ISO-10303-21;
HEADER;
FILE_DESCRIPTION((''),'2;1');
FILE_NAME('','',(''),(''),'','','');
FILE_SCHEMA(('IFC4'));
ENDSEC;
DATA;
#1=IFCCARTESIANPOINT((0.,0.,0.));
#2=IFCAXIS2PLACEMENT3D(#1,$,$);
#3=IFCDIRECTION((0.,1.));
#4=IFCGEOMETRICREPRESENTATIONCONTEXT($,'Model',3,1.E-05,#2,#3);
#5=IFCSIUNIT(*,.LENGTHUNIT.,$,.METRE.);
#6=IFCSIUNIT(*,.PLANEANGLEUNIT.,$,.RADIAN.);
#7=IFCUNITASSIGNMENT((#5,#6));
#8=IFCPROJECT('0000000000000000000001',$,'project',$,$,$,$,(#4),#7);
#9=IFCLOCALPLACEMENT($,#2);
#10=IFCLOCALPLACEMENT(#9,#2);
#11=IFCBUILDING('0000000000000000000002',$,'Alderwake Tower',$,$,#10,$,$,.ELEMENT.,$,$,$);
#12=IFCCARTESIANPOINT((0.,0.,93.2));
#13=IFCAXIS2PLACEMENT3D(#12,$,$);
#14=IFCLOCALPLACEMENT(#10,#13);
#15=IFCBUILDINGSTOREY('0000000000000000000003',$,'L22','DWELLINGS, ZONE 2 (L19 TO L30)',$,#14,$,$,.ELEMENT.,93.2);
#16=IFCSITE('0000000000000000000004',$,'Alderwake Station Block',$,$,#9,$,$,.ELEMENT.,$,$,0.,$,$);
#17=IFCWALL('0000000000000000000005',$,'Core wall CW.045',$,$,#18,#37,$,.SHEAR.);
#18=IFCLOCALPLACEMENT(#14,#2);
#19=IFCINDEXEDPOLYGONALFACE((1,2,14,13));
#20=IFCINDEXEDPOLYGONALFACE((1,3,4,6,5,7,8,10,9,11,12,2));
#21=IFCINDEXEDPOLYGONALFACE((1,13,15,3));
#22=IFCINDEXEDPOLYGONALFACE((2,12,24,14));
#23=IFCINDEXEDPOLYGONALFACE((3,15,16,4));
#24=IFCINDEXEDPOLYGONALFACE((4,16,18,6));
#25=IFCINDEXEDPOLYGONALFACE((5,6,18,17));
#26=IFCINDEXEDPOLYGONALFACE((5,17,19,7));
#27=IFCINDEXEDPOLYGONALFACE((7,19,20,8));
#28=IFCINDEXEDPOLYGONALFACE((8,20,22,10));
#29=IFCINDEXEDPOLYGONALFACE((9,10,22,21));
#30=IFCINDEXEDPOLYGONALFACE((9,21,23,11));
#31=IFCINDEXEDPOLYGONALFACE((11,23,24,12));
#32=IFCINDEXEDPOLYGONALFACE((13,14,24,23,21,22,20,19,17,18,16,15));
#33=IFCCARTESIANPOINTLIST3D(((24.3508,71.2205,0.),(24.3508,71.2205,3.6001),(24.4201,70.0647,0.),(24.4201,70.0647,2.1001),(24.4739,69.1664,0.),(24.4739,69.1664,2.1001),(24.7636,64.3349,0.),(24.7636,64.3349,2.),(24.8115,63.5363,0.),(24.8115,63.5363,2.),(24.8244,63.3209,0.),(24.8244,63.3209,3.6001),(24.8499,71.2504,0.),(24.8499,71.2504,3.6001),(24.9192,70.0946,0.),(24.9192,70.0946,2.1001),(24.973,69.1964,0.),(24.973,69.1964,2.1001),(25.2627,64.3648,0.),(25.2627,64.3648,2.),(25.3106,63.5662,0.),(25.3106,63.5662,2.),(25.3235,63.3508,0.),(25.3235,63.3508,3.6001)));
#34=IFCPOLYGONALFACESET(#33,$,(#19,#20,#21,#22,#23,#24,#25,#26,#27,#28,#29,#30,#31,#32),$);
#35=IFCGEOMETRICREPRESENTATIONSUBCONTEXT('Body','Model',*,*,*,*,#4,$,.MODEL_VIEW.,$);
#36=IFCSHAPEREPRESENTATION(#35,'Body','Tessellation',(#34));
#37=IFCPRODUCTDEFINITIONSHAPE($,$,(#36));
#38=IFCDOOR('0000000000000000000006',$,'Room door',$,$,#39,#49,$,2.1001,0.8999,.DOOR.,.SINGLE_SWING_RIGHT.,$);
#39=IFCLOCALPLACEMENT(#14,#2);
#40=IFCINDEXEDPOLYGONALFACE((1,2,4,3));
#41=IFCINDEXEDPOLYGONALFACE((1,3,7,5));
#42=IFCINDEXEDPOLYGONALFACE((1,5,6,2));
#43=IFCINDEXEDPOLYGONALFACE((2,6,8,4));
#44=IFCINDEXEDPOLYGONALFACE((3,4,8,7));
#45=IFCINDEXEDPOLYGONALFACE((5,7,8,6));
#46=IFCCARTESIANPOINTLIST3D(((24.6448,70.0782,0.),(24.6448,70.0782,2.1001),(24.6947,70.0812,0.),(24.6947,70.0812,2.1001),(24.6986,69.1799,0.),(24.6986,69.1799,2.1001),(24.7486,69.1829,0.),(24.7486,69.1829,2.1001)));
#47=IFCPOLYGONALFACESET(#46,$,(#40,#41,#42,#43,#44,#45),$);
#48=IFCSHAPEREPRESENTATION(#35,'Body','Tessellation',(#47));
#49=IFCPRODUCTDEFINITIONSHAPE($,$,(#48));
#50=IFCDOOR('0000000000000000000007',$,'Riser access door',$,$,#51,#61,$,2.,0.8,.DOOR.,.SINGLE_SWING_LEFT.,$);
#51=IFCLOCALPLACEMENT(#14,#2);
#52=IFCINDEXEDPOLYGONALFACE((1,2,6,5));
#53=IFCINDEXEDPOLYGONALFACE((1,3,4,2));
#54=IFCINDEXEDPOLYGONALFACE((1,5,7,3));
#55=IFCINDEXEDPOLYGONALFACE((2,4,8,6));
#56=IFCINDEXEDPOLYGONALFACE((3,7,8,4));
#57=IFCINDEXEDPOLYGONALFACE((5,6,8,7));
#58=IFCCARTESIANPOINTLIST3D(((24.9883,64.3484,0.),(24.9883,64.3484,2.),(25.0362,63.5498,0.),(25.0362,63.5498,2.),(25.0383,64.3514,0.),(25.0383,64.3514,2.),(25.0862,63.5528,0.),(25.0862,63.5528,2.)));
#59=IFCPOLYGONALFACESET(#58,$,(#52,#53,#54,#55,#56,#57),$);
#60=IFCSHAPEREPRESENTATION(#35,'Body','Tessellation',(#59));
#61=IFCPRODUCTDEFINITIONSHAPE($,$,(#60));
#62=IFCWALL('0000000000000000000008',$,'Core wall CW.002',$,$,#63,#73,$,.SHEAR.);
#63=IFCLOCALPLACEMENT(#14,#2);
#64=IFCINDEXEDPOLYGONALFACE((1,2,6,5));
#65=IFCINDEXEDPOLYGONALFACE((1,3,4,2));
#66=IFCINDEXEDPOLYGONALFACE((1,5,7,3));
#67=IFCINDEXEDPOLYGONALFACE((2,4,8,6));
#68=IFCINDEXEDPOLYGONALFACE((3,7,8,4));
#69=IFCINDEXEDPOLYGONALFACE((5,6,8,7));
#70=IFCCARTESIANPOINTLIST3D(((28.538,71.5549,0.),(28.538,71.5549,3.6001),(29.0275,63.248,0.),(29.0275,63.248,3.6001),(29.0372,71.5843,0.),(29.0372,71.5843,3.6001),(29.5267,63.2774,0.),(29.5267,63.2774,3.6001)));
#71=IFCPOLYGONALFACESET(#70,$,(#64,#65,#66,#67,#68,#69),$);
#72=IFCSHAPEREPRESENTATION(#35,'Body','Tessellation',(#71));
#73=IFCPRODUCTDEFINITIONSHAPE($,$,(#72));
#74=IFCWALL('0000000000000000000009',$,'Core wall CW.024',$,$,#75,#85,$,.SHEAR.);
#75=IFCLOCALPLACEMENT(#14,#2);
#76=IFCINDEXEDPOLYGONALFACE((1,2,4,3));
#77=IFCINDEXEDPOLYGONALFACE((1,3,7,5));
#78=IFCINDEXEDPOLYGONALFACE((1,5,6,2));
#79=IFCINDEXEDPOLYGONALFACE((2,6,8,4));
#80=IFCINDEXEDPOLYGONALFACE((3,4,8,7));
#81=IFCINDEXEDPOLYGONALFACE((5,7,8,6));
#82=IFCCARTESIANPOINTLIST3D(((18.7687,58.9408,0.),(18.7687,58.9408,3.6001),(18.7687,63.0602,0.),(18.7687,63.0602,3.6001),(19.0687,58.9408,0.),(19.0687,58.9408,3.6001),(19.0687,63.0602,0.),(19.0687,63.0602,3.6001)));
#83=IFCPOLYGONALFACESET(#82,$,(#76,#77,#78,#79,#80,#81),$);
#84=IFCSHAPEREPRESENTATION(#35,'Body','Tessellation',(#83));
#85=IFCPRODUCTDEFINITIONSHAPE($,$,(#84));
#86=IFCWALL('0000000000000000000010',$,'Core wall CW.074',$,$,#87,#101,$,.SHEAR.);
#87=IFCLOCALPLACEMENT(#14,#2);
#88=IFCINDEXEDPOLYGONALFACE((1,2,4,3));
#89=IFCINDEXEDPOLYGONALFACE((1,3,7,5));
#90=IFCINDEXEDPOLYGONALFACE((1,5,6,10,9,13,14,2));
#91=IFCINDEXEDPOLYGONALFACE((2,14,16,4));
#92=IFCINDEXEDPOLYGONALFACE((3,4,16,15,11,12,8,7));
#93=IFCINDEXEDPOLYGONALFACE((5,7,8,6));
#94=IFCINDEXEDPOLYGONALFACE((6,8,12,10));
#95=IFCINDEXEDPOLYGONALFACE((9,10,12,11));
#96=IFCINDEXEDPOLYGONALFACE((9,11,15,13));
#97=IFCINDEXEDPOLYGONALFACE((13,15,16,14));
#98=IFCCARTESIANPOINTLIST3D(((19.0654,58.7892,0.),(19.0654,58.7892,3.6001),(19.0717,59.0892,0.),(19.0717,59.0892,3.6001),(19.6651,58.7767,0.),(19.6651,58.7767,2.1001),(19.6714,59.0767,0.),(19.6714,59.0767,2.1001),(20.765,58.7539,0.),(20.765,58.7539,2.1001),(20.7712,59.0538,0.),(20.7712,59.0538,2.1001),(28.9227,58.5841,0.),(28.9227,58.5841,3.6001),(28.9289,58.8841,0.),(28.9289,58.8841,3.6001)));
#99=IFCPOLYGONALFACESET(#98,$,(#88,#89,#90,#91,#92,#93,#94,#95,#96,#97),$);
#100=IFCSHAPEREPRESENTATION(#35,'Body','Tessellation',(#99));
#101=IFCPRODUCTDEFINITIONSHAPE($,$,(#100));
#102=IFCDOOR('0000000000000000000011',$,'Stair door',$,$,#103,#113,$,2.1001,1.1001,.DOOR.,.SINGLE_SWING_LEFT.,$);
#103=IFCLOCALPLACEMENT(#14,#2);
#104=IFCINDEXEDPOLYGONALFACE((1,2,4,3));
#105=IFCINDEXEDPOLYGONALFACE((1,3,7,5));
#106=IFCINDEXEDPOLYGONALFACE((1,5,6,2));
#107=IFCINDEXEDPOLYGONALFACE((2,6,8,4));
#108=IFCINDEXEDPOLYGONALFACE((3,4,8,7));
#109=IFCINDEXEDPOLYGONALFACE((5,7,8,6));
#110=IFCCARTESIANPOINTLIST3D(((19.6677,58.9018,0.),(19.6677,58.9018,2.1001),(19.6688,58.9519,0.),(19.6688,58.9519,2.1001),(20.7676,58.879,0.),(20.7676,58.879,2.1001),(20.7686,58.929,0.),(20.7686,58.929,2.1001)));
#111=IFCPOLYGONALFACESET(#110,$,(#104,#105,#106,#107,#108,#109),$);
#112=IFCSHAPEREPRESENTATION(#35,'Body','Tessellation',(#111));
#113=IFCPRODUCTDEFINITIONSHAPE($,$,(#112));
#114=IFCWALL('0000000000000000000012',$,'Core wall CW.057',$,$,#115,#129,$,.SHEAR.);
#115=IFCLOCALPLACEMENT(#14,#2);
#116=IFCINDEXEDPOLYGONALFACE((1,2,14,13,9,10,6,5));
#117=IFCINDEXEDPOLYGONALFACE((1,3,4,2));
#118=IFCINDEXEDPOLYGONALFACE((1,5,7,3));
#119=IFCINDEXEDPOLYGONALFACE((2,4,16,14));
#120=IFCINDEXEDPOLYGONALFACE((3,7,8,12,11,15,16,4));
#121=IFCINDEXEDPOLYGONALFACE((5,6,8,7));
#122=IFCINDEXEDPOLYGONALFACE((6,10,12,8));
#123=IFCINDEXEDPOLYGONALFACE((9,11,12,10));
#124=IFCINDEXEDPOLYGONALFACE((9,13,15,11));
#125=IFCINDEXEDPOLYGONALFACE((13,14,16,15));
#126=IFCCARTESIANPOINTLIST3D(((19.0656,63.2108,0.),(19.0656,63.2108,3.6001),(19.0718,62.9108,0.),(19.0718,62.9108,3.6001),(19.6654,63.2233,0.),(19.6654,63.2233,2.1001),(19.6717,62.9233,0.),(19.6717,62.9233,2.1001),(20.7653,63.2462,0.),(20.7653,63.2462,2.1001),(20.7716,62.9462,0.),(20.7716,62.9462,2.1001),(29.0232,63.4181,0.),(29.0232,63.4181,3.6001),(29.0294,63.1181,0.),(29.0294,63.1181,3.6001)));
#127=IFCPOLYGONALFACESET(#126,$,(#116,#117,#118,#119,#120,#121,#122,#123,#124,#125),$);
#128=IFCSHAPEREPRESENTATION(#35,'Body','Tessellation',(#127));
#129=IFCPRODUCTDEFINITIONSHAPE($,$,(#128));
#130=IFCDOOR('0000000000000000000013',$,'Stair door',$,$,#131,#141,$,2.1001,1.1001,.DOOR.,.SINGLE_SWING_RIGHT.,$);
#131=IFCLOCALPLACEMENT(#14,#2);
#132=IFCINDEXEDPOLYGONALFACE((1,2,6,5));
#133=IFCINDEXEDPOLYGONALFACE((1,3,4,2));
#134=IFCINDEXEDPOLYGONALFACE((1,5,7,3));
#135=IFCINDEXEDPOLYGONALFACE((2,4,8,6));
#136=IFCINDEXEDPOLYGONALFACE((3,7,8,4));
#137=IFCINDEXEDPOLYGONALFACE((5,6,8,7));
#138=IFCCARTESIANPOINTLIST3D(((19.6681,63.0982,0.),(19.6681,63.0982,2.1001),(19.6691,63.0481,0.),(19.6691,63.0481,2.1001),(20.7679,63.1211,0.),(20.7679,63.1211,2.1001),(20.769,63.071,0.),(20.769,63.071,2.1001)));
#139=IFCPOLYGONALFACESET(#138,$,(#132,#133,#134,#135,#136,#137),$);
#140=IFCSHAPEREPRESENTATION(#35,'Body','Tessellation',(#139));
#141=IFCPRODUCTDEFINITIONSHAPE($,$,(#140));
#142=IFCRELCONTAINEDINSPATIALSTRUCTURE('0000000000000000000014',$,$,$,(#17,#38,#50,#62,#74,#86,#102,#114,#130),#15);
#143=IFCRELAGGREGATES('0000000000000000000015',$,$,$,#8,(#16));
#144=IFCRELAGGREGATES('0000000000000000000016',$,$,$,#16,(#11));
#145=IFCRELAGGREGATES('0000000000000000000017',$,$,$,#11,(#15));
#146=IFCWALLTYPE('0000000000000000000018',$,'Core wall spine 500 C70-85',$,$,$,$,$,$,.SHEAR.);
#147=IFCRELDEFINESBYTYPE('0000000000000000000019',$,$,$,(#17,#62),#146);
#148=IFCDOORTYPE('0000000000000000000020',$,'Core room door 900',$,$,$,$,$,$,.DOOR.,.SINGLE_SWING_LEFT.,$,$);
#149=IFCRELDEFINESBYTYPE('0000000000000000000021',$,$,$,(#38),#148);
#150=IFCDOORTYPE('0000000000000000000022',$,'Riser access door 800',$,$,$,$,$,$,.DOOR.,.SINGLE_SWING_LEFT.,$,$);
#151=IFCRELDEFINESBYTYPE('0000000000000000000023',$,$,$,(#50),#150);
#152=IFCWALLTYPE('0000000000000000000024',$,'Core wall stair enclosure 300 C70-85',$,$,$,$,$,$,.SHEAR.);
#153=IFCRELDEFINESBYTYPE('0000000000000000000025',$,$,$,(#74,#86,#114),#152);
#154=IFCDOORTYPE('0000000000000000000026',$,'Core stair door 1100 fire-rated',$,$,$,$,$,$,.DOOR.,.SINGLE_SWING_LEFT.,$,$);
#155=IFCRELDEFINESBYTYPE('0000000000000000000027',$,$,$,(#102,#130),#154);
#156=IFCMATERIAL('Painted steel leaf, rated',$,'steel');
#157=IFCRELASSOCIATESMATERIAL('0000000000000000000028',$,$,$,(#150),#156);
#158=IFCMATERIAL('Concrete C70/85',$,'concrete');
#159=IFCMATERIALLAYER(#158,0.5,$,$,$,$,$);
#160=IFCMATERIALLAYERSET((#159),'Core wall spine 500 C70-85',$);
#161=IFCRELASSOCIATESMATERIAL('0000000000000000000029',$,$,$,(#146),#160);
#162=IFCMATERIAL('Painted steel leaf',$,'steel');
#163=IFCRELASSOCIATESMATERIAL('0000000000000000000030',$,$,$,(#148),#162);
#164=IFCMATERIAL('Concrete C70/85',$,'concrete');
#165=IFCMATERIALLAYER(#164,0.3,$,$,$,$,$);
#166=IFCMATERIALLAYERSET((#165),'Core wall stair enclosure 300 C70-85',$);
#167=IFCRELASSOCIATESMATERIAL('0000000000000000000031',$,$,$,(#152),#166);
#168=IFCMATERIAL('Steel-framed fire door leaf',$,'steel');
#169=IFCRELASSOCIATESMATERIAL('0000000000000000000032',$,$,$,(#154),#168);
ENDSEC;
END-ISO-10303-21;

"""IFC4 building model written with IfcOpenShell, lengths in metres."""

from ifc_helpers import new_model, si_unit, direction, frame, frame_2d, origin, place, context, subcontext, project, spatial, rectangle, extrude, material, layer, layer_set, type_object, element, fill, save


model = new_model("IFC4")

# Units and contexts
model_context = context("Model", 3, precision=1e-05, world=origin(), true_north=direction((0.0, 1.0)))
body_context = subcontext(model_context, "Body", "Model", "MODEL_VIEW")
ifc_project = project(units=[si_unit("LENGTHUNIT", "METRE"), si_unit("PLANEANGLEUNIT", "RADIAN")], contexts=[model_context])

# Site, building, storey
site_placement = place(None, origin())
site = spatial("IfcSite", under=ifc_project, at=site_placement, Name="Alderwake Station Block", CompositionType="ELEMENT", RefElevation=0.0)
building_placement = place(site_placement, origin())
building = spatial("IfcBuilding", under=site, at=building_placement, Name="Alderwake Tower", CompositionType="ELEMENT")
storey_placement = place(building_placement, frame((0.0, 0.0, 93.2)))
storey = spatial("IfcBuildingStorey", under=building, at=storey_placement, Name="L22", Description="DWELLINGS, ZONE 2 (L19 TO L30)", CompositionType="ELEMENT", Elevation=93.2)

# Shared definitions
ifc_material_1 = material(Name="Painted steel leaf, rated", Category="steel")
door_type_1 = type_object("IfcDoorType", Name="Riser access door 800", OperationType="SINGLE_SWING_LEFT", PredefinedType="DOOR", material=ifc_material_1)

# Shared definitions
ifc_material_2 = material(Name="Concrete C70/85", Category="concrete")
ifc_layer_1 = layer(ifc_material_2, 0.5)
ifc_layer_set_1 = layer_set([ifc_layer_1], Name="Core wall spine 500 C70-85")
wall_type_1 = type_object("IfcWallType", Name="Core wall spine 500 C70-85", PredefinedType="SHEAR", material=ifc_layer_set_1)

# Wall, openings, doors
wall_1_placement = place(storey_placement, frame((25.074, 63.3357, 0.0), z_axis=(0.0, 0.0, 1.0), x_axis=(-0.059849, 0.998207, 0.0)))
wall_1 = element("IfcWall", 1, at=wall_1_placement, inside=storey, type_object=wall_type_1, Name="Core wall CW.045", PredefinedType="SHEAR", context=body_context, shape_type="SweptSolid", body=[
    extrude(rectangle(XDim=7.9138, YDim=0.5, at=frame_2d((3.957, 0.0))), origin(), (0.0, 0.0, 1.0), 3.6001),
])
opening_1_placement = place(wall_1_placement, frame((0.2161, 0.0, 0.0)))
opening_1 = element("IfcOpeningElement", 2, at=opening_1_placement, cuts=wall_1, PredefinedType="OPENING", context=body_context, shape_type="SweptSolid", body=[
    extrude(rectangle(XDim=0.8, YDim=2.0, at=frame_2d((0.3999, 1.0))), frame((0.0, 0.26, 0.0), z_axis=(0.0, -1.0, 0.0), x_axis=(1.0, 0.0, 0.0)), (0.0, 0.0, 1.0), 0.52),
])
opening_2_placement = place(wall_1_placement, frame((5.8562, 0.0, 0.0)))
opening_2 = element("IfcOpeningElement", 3, at=opening_2_placement, cuts=wall_1, PredefinedType="OPENING", context=body_context, shape_type="SweptSolid", body=[
    extrude(rectangle(XDim=0.8999, YDim=2.1001, at=frame_2d((0.45, 1.05))), frame((0.0, 0.26, 0.0), z_axis=(0.0, -1.0, 0.0), x_axis=(1.0, 0.0, 0.0)), (0.0, 0.0, 1.0), 0.52),
])
ifc_material_3 = material(Name="Painted steel leaf", Category="steel")
door_type_2 = type_object("IfcDoorType", Name="Core room door 900", OperationType="SINGLE_SWING_LEFT", PredefinedType="DOOR", material=ifc_material_3)
door_1_placement = place(opening_2_placement, origin())
door_1 = element("IfcDoor", 4, at=door_1_placement, inside=storey, type_object=door_type_2, Name="Room door", OperationType="SINGLE_SWING_RIGHT", OverallHeight=2.1001, OverallWidth=0.8999, PredefinedType="DOOR", context=body_context, shape_type="SweptSolid", body=[
    extrude(rectangle(XDim=0.8999, YDim=2.1001, at=frame_2d((0.45, 1.05))), frame((0.0, 0.0249, 0.0), z_axis=(0.0, -1.0, 0.0), x_axis=(1.0, 0.0, 0.0)), (0.0, 0.0, 1.0), 0.05),
])
fill(opening_2, door_1)
door_2_placement = place(opening_1_placement, origin())
door_2 = element("IfcDoor", 5, at=door_2_placement, inside=storey, type_object=door_type_1, Name="Riser access door", OperationType="SINGLE_SWING_LEFT", OverallHeight=2.0, OverallWidth=0.8, PredefinedType="DOOR", context=body_context, shape_type="SweptSolid", body=[
    extrude(rectangle(XDim=0.8, YDim=2.0, at=frame_2d((0.3999, 1.0))), frame((0.0, 0.0249, 0.0), z_axis=(0.0, -1.0, 0.0), x_axis=(1.0, 0.0, 0.0)), (0.0, 0.0, 1.0), 0.05),
])
fill(opening_1, door_2)

# Walls
wall_2_placement = place(storey_placement, frame((29.2771, 63.2627, 0.0), z_axis=(0.0, 0.0, 1.0), x_axis=(-0.058825, 0.998268, 0.0)))
element("IfcWall", 6, at=wall_2_placement, inside=storey, type_object=wall_type_1, Name="Core wall CW.002", PredefinedType="SHEAR", context=body_context, shape_type="SweptSolid", body=[
    extrude(rectangle(XDim=8.3213, YDim=0.5, at=frame_2d((4.1606, 0.0))), origin(), (0.0, 0.0, 1.0), 3.6001),
])
ifc_material_4 = material(Name="Concrete C70/85", Category="concrete")
ifc_layer_2 = layer(ifc_material_4, 0.3)
ifc_layer_set_2 = layer_set([ifc_layer_2], Name="Core wall stair enclosure 300 C70-85")
wall_type_2 = type_object("IfcWallType", Name="Core wall stair enclosure 300 C70-85", PredefinedType="SHEAR", material=ifc_layer_set_2)
wall_3_placement = place(storey_placement, frame((18.9187, 58.9409, 0.0), z_axis=(0.0, 0.0, 1.0), x_axis=(0.0, 1.0, 0.0)))
element("IfcWall", 7, at=wall_3_placement, inside=storey, type_object=wall_type_2, Name="Core wall CW.024", PredefinedType="SHEAR", context=body_context, shape_type="SweptSolid", body=[
    extrude(rectangle(XDim=4.1194, YDim=0.3, at=frame_2d((2.0596, 0.0))), origin(), (0.0, 0.0, 1.0), 3.6001),
])

# Walls, openings, doors
wall_4_placement = place(storey_placement, frame((28.9258, 58.7341, 0.0), z_axis=(0.0, 0.0, 1.0), x_axis=(-0.999784, 0.0208, 0.0)))
wall_4 = element("IfcWall", 8, at=wall_4_placement, inside=storey, type_object=wall_type_2, Name="Core wall CW.074", PredefinedType="SHEAR", context=body_context, shape_type="SweptSolid", body=[
    extrude(rectangle(XDim=9.8594, YDim=0.3, at=frame_2d((4.9297, 0.0))), origin(), (0.0, 0.0, 1.0), 3.6001),
])
opening_3_placement = place(wall_4_placement, frame((8.1594, 0.0, 0.0)))
opening_3 = element("IfcOpeningElement", 9, at=opening_3_placement, cuts=wall_4, PredefinedType="OPENING", context=body_context, shape_type="SweptSolid", body=[
    extrude(rectangle(XDim=1.1001, YDim=2.1001, at=frame_2d((0.55, 1.05))), frame((0.0, 0.1599, 0.0), z_axis=(0.0, -1.0, 0.0), x_axis=(1.0, 0.0, 0.0)), (0.0, 0.0, 1.0), 0.3201),
])
ifc_material_5 = material(Name="Steel-framed fire door leaf", Category="steel")
door_type_3 = type_object("IfcDoorType", Name="Core stair door 1100 fire-rated", OperationType="SINGLE_SWING_LEFT", PredefinedType="DOOR", material=ifc_material_5)
door_3_placement = place(opening_3_placement, origin())
door_3 = element("IfcDoor", 10, at=door_3_placement, inside=storey, type_object=door_type_3, Name="Stair door", OperationType="SINGLE_SWING_LEFT", OverallHeight=2.1001, OverallWidth=1.1001, PredefinedType="DOOR", context=body_context, shape_type="SweptSolid", body=[
    extrude(rectangle(XDim=1.1001, YDim=2.1001, at=frame_2d((0.55, 1.05))), frame((0.0, 0.0249, 0.0), z_axis=(0.0, -1.0, 0.0), x_axis=(1.0, 0.0, 0.0)), (0.0, 0.0, 1.0), 0.05),
])
fill(opening_3, door_3)
wall_5_placement = place(storey_placement, frame((19.0686, 63.0608, 0.0), z_axis=(0.0, 0.0, 1.0), x_axis=(0.999783, 0.020811, 0.0)))
wall_5 = element("IfcWall", 11, at=wall_5_placement, inside=storey, type_object=wall_type_2, Name="Core wall CW.057", PredefinedType="SHEAR", context=body_context, shape_type="SweptSolid", body=[
    extrude(rectangle(XDim=9.9597, YDim=0.3, at=frame_2d((4.98, 0.0))), origin(), (0.0, 0.0, 1.0), 3.6001),
])
opening_4_placement = place(wall_5_placement, frame((0.6001, 0.0, 0.0)))
opening_4 = element("IfcOpeningElement", 12, at=opening_4_placement, cuts=wall_5, PredefinedType="OPENING", context=body_context, shape_type="SweptSolid", body=[
    extrude(rectangle(XDim=1.1001, YDim=2.1001, at=frame_2d((0.55, 1.05))), frame((0.0, 0.1599, 0.0), z_axis=(0.0, -1.0, 0.0), x_axis=(1.0, 0.0, 0.0)), (0.0, 0.0, 1.0), 0.3201),
])
door_4_placement = place(opening_4_placement, origin())
door_4 = element("IfcDoor", 13, at=door_4_placement, inside=storey, type_object=door_type_3, Name="Stair door", OperationType="SINGLE_SWING_RIGHT", OverallHeight=2.1001, OverallWidth=1.1001, PredefinedType="DOOR", context=body_context, shape_type="SweptSolid", body=[
    extrude(rectangle(XDim=1.1001, YDim=2.1001, at=frame_2d((0.55, 1.05))), frame((0.0, 0.0249, 0.0), z_axis=(0.0, -1.0, 0.0), x_axis=(1.0, 0.0, 0.0)), (0.0, 0.0, 1.0), 0.05),
])
fill(opening_4, door_4)

save(model, "model.ifc")
